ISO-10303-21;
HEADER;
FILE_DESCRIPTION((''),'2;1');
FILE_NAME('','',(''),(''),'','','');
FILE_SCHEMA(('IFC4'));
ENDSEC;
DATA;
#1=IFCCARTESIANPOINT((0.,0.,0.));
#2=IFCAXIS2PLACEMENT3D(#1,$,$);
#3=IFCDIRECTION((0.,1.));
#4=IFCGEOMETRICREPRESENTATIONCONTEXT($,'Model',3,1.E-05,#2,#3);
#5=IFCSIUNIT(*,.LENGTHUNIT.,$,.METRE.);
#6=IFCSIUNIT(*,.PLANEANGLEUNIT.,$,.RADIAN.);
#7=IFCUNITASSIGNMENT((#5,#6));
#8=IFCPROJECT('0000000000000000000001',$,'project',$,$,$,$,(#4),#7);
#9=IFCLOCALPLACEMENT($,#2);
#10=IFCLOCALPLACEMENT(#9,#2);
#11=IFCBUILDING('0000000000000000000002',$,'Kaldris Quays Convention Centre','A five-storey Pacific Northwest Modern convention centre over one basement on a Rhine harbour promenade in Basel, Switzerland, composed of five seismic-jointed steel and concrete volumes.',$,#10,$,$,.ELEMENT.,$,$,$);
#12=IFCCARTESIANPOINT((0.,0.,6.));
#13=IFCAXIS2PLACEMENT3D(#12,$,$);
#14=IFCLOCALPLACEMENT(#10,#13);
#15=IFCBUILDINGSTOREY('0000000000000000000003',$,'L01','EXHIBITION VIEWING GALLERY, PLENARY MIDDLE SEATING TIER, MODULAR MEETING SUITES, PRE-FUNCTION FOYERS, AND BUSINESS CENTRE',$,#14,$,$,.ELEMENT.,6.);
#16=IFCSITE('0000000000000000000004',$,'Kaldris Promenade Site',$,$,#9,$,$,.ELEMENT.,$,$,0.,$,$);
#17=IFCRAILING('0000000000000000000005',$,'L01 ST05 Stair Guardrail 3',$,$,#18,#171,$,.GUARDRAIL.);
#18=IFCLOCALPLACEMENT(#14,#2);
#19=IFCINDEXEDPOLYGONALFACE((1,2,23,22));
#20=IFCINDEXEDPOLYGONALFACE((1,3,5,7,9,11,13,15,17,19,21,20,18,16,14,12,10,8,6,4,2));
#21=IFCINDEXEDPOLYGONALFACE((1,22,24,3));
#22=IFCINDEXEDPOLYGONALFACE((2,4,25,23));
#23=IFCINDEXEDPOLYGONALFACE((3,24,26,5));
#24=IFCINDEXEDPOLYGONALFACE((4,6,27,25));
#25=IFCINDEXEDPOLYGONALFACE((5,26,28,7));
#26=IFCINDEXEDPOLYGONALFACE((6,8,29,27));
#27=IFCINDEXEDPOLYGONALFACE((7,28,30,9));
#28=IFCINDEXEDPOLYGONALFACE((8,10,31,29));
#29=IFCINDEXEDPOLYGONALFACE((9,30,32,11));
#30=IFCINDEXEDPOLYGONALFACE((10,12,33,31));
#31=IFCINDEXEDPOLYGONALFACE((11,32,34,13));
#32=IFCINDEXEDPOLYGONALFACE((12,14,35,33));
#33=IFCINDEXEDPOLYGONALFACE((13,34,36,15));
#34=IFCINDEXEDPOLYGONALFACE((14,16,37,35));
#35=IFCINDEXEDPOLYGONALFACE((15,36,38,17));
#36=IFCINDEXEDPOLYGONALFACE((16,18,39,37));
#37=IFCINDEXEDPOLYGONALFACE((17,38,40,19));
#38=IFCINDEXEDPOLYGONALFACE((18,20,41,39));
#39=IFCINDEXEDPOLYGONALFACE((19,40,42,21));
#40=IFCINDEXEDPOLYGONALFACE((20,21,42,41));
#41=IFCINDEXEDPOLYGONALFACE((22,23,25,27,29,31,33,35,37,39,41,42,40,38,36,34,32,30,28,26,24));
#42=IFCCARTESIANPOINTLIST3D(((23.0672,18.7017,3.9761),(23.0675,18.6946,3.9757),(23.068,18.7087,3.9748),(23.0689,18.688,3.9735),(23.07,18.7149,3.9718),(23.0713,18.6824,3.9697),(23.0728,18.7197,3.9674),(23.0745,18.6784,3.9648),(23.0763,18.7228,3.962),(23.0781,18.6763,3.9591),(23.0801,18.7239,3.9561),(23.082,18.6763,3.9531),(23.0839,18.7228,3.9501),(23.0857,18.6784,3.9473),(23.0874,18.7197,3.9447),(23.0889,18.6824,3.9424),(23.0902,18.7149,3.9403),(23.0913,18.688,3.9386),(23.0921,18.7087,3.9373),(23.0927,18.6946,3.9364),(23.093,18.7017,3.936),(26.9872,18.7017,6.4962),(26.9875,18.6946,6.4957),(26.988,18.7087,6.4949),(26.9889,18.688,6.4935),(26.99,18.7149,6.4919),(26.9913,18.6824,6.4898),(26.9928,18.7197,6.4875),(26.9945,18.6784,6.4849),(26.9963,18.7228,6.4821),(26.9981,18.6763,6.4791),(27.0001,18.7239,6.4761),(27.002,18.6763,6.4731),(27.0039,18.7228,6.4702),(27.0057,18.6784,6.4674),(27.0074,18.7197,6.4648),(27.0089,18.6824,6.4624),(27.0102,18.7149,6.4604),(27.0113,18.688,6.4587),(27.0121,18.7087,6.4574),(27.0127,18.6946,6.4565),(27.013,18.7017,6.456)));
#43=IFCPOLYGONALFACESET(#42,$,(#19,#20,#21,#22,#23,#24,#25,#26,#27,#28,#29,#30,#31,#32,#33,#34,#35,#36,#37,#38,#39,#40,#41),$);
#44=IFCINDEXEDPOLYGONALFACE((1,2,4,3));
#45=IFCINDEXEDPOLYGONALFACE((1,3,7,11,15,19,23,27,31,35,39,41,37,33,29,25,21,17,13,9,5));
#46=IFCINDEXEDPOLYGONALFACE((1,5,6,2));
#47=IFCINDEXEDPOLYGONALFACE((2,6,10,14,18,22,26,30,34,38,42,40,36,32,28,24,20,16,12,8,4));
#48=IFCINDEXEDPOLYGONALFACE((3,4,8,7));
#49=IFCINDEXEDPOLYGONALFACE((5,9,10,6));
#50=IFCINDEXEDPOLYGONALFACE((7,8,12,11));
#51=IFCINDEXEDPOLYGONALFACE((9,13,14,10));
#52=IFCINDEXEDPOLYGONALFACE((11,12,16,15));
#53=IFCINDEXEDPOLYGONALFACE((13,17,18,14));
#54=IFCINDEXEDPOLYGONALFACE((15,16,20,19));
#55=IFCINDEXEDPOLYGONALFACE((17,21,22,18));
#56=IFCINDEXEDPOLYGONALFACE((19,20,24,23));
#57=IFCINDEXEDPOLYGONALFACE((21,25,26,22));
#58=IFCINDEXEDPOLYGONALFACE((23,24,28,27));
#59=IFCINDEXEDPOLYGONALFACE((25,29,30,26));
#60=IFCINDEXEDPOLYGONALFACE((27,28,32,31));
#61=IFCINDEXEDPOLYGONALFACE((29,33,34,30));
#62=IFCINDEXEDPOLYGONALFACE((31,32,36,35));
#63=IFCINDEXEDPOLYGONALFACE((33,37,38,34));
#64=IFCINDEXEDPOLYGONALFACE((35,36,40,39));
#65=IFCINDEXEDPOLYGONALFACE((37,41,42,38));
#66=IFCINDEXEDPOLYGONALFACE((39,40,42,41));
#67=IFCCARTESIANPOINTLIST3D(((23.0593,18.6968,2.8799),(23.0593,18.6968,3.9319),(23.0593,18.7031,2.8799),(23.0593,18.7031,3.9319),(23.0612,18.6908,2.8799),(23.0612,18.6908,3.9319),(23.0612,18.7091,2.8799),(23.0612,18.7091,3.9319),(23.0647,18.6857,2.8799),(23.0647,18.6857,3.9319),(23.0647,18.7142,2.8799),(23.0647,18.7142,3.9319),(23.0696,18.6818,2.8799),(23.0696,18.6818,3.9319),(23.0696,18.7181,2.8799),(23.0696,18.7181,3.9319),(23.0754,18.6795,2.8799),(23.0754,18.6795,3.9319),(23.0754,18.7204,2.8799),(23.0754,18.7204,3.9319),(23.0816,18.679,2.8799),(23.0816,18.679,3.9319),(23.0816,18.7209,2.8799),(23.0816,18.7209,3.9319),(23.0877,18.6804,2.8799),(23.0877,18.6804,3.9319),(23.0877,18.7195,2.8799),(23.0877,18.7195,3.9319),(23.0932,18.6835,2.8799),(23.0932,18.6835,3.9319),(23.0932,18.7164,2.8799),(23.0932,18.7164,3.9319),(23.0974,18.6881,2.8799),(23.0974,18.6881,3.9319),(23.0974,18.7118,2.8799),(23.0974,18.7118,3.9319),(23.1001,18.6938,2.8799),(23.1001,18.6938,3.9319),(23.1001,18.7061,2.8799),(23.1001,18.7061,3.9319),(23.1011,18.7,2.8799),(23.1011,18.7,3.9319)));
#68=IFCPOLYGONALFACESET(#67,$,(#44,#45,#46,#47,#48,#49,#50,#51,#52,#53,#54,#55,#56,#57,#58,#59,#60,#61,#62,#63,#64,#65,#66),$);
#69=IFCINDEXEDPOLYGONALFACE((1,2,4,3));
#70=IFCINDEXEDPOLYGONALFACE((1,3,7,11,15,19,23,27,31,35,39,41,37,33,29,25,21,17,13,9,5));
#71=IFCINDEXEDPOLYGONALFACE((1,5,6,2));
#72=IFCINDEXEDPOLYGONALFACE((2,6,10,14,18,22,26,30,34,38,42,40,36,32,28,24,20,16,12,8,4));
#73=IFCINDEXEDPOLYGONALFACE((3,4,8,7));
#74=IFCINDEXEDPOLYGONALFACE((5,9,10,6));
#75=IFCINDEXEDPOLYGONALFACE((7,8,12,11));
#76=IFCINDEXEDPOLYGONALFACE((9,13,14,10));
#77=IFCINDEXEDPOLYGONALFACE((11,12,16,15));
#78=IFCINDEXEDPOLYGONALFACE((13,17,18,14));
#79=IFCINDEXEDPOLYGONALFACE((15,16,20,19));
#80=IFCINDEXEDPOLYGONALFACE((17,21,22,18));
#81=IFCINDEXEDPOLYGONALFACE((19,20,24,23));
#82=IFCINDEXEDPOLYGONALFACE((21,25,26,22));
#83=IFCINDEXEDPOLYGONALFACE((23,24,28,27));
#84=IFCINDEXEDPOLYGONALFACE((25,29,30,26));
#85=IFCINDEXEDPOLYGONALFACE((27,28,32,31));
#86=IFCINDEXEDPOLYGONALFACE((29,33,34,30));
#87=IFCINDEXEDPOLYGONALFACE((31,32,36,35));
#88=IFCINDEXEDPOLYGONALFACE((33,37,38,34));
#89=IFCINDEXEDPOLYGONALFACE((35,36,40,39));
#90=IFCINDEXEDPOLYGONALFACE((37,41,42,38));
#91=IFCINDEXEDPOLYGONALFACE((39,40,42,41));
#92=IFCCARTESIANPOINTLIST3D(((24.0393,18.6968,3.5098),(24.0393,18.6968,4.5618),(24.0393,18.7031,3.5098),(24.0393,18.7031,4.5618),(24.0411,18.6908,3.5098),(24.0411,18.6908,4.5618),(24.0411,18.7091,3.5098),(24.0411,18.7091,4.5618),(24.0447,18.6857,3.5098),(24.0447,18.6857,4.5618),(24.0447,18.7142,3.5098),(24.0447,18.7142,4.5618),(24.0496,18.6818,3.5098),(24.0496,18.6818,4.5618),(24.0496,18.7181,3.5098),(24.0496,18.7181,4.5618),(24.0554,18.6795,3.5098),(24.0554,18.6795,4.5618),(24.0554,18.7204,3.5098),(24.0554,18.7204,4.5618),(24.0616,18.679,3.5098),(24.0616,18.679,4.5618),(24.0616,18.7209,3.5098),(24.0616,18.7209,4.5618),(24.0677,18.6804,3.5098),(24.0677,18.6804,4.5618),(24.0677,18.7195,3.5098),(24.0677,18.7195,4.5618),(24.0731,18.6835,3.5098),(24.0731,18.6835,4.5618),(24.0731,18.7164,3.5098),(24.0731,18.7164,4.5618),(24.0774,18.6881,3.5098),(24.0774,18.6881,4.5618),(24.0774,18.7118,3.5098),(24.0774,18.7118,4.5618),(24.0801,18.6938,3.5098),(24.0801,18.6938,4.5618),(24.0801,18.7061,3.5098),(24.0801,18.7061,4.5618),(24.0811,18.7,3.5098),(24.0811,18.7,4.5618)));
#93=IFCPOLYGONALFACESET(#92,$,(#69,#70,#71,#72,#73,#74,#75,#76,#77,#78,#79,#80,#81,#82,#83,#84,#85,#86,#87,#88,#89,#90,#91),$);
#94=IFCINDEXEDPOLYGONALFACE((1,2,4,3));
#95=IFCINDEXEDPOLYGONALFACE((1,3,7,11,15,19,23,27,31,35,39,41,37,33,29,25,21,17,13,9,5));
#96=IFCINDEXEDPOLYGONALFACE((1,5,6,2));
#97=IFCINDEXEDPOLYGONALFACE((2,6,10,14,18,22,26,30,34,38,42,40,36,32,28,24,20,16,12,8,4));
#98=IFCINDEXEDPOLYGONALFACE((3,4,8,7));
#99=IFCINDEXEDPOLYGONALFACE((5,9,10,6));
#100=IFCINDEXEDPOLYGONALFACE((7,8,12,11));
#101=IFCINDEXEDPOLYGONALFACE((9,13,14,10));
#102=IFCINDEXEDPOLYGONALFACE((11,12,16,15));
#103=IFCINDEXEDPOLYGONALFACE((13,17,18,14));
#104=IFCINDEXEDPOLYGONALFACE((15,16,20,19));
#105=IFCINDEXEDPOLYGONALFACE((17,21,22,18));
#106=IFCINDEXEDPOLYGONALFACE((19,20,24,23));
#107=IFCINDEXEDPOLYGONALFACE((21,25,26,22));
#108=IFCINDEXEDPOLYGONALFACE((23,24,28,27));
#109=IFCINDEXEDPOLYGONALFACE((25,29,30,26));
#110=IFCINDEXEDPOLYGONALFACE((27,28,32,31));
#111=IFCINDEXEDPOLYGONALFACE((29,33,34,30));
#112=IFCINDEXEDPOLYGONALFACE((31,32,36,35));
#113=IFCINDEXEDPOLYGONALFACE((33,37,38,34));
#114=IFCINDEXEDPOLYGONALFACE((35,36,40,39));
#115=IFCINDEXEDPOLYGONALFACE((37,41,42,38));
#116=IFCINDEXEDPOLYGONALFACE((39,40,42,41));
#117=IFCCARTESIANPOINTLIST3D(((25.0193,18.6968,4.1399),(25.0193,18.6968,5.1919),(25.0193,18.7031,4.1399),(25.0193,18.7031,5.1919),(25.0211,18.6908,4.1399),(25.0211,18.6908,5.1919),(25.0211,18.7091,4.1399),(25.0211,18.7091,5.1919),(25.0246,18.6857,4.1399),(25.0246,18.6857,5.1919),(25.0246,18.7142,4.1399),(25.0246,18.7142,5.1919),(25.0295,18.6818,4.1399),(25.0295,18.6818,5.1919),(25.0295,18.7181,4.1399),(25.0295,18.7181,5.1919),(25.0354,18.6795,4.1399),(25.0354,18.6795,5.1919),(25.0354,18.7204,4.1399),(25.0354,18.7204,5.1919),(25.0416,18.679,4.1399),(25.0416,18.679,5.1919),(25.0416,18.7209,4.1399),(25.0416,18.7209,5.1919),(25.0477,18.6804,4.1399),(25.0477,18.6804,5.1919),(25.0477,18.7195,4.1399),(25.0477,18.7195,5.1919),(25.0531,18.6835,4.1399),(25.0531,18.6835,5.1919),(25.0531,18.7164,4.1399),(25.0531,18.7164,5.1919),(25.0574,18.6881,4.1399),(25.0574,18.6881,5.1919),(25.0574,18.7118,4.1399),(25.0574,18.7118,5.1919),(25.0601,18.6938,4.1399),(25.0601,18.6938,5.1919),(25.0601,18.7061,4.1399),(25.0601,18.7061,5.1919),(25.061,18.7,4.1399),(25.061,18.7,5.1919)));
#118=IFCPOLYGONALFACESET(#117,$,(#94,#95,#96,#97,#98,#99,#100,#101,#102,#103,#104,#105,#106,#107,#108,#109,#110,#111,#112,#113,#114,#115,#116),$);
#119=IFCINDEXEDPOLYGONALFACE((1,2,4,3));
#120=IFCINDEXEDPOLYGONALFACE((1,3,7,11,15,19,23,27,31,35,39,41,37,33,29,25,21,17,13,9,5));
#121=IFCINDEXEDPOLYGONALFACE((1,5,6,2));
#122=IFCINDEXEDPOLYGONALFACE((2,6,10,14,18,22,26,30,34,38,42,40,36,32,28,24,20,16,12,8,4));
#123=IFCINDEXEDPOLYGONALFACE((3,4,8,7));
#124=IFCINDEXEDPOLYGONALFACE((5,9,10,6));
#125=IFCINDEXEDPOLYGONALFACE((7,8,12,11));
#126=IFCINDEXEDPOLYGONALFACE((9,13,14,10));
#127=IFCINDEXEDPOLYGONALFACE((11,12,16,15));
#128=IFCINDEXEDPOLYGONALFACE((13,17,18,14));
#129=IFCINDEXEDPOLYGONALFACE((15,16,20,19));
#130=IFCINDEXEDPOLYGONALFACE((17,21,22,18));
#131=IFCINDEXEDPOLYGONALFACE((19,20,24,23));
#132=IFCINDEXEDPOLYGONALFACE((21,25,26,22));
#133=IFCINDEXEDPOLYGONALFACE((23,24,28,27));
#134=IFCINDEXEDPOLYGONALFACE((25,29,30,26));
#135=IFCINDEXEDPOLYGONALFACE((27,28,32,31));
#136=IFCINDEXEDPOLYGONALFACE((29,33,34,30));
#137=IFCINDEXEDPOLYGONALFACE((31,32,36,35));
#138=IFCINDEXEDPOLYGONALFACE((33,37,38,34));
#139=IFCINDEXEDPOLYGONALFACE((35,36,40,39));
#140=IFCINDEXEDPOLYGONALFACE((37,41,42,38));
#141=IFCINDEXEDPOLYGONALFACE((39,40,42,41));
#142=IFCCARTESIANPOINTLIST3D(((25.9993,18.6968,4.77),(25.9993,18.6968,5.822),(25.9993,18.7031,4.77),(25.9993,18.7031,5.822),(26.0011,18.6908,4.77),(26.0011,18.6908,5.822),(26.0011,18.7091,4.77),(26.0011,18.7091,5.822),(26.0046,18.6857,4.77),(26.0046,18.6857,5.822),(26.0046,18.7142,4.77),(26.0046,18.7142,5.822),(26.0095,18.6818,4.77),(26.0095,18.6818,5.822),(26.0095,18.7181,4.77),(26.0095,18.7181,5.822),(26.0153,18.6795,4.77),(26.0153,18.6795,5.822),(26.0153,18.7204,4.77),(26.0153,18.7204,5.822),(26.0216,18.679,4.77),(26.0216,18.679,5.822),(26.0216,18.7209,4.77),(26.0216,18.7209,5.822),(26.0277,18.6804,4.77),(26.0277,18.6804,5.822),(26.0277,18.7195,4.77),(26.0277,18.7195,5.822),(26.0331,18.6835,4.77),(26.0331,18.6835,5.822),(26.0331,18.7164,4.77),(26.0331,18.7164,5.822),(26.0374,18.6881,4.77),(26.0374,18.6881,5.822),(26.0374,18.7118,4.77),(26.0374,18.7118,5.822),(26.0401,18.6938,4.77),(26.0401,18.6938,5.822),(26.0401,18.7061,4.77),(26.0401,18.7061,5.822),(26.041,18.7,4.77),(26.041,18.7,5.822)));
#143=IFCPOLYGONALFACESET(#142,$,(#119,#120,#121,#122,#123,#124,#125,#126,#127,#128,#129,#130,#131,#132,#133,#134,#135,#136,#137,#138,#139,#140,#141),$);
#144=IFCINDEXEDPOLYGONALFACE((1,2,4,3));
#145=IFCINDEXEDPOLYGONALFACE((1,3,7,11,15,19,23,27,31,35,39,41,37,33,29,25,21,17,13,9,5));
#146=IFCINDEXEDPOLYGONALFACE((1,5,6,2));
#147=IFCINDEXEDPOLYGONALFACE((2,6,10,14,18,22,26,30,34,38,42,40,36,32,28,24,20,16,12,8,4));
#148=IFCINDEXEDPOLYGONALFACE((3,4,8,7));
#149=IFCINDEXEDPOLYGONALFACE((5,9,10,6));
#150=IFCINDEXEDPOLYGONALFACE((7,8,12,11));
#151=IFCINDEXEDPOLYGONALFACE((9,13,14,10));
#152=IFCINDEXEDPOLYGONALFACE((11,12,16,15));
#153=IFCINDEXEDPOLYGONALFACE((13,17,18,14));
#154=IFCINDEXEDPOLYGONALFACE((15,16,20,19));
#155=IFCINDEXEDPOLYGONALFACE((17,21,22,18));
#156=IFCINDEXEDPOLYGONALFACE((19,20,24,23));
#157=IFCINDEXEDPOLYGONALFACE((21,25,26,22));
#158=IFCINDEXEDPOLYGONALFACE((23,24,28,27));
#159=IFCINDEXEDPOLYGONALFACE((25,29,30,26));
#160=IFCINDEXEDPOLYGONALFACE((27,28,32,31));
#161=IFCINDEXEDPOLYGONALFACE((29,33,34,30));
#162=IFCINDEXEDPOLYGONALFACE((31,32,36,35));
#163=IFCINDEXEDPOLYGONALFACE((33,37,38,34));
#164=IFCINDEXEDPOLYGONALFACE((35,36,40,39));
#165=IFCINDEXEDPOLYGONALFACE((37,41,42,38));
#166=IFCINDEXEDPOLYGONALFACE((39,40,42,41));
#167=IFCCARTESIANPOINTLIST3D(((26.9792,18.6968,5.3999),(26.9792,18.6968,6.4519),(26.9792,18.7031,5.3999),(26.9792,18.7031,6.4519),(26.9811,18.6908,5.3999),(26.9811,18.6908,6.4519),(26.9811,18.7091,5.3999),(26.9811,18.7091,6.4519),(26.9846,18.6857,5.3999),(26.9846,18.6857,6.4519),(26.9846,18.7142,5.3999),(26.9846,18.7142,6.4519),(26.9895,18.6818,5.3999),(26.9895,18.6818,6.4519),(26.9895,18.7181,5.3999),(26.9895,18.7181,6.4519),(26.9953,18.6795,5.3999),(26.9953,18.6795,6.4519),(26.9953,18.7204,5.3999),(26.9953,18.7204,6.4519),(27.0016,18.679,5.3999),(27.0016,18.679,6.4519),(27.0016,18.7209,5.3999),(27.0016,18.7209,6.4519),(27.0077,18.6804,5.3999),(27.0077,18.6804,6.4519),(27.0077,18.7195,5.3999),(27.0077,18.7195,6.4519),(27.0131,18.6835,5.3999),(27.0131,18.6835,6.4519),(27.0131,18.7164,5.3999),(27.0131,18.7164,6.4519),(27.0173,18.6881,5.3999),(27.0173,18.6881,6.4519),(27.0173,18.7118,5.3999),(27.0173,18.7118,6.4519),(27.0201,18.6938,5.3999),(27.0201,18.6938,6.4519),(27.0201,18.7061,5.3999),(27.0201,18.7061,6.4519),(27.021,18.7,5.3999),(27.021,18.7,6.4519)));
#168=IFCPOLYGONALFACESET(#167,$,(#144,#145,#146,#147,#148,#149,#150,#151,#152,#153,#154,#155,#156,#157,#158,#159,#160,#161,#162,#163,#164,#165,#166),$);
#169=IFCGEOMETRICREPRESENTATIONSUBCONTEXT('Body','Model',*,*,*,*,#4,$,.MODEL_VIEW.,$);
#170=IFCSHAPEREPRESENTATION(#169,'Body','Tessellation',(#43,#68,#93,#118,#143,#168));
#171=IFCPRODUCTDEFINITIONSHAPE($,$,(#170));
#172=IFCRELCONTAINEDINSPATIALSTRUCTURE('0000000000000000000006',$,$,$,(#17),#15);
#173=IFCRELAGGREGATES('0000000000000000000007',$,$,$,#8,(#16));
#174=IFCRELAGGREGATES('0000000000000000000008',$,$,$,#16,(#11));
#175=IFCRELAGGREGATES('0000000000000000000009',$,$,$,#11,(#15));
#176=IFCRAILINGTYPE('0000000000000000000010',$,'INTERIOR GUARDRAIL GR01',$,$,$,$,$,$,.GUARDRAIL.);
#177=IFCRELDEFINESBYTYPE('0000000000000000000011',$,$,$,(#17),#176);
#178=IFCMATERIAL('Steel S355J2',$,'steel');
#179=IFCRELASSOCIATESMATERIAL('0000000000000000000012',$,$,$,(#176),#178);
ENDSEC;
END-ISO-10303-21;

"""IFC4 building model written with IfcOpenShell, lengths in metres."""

from ifc_helpers import new_model, si_unit, direction, frame, origin, origin_2d, place, context, subcontext, project, spatial, circle, extrude, material, type_object, element, save


model = new_model("IFC4")

# Units and contexts
model_context = context("Model", 3, precision=1e-05, world=origin(), true_north=direction((0.0, 1.0)))
body_context = subcontext(model_context, "Body", "Model", "MODEL_VIEW")
ifc_project = project(units=[si_unit("LENGTHUNIT", "METRE"), si_unit("PLANEANGLEUNIT", "RADIAN")], contexts=[model_context])

# Site, building, storey
site_placement = place(None, origin())
site = spatial("IfcSite", under=ifc_project, at=site_placement, Name="Kaldris Promenade Site", CompositionType="ELEMENT", RefElevation=0.0)
building_placement = place(site_placement, origin())
building = spatial("IfcBuilding", under=site, at=building_placement, Name="Kaldris Quays Convention Centre", Description="A five-storey Pacific Northwest Modern convention centre over one basement on a Rhine harbour promenade in Basel, Switzerland, composed of five seismic-jointed steel and concrete volumes.", CompositionType="ELEMENT")
storey_placement = place(building_placement, frame((0.0, 0.0, 6.0)))
storey = spatial("IfcBuildingStorey", under=building, at=storey_placement, Name="L01", Description="EXHIBITION VIEWING GALLERY, PLENARY MIDDLE SEATING TIER, MODULAR MEETING SUITES, PRE-FUNCTION FOYERS, AND BUSINESS CENTRE", CompositionType="ELEMENT", Elevation=6.0)

# Shared definitions
ifc_material_1 = material(Name="Steel S355J2", Category="steel")

# Railing
railing_type_1 = type_object("IfcRailingType", Name="INTERIOR GUARDRAIL GR01", PredefinedType="GUARDRAIL", material=ifc_material_1)
railing_1_placement = place(storey_placement, frame((23.0801, 18.7, 2.8799)))
element("IfcRailing", 1, at=railing_1_placement, inside=storey, type_object=railing_type_1, Name="L01 ST05 Stair Guardrail 3", PredefinedType="GUARDRAIL", context=body_context, shape_type="SweptSolid", body=[
    extrude(circle(Radius=0.0239, at=origin_2d()), frame((0.0, 0.0, 1.0762), z_axis=(0.841172, 0.0, 0.540768), x_axis=(0.0, 1.0, 0.0)), (0.0, 0.0, 1.0), 4.6602),
    extrude(circle(Radius=0.021, at=origin_2d()), origin(), (0.0, 0.0, 1.0), 1.052),
    extrude(circle(Radius=0.021, at=origin_2d()), frame((0.98, 0.0, 0.6299)), (0.0, 0.0, 1.0), 1.052),
    extrude(circle(Radius=0.021, at=origin_2d()), frame((1.96, 0.0, 1.26)), (0.0, 0.0, 1.0), 1.052),
    extrude(circle(Radius=0.021, at=origin_2d()), frame((2.9399, 0.0, 1.8901)), (0.0, 0.0, 1.0), 1.052),
    extrude(circle(Radius=0.021, at=origin_2d()), frame((3.9199, 0.0, 2.52)), (0.0, 0.0, 1.0), 1.052),
])

save(model, "model.ifc")
